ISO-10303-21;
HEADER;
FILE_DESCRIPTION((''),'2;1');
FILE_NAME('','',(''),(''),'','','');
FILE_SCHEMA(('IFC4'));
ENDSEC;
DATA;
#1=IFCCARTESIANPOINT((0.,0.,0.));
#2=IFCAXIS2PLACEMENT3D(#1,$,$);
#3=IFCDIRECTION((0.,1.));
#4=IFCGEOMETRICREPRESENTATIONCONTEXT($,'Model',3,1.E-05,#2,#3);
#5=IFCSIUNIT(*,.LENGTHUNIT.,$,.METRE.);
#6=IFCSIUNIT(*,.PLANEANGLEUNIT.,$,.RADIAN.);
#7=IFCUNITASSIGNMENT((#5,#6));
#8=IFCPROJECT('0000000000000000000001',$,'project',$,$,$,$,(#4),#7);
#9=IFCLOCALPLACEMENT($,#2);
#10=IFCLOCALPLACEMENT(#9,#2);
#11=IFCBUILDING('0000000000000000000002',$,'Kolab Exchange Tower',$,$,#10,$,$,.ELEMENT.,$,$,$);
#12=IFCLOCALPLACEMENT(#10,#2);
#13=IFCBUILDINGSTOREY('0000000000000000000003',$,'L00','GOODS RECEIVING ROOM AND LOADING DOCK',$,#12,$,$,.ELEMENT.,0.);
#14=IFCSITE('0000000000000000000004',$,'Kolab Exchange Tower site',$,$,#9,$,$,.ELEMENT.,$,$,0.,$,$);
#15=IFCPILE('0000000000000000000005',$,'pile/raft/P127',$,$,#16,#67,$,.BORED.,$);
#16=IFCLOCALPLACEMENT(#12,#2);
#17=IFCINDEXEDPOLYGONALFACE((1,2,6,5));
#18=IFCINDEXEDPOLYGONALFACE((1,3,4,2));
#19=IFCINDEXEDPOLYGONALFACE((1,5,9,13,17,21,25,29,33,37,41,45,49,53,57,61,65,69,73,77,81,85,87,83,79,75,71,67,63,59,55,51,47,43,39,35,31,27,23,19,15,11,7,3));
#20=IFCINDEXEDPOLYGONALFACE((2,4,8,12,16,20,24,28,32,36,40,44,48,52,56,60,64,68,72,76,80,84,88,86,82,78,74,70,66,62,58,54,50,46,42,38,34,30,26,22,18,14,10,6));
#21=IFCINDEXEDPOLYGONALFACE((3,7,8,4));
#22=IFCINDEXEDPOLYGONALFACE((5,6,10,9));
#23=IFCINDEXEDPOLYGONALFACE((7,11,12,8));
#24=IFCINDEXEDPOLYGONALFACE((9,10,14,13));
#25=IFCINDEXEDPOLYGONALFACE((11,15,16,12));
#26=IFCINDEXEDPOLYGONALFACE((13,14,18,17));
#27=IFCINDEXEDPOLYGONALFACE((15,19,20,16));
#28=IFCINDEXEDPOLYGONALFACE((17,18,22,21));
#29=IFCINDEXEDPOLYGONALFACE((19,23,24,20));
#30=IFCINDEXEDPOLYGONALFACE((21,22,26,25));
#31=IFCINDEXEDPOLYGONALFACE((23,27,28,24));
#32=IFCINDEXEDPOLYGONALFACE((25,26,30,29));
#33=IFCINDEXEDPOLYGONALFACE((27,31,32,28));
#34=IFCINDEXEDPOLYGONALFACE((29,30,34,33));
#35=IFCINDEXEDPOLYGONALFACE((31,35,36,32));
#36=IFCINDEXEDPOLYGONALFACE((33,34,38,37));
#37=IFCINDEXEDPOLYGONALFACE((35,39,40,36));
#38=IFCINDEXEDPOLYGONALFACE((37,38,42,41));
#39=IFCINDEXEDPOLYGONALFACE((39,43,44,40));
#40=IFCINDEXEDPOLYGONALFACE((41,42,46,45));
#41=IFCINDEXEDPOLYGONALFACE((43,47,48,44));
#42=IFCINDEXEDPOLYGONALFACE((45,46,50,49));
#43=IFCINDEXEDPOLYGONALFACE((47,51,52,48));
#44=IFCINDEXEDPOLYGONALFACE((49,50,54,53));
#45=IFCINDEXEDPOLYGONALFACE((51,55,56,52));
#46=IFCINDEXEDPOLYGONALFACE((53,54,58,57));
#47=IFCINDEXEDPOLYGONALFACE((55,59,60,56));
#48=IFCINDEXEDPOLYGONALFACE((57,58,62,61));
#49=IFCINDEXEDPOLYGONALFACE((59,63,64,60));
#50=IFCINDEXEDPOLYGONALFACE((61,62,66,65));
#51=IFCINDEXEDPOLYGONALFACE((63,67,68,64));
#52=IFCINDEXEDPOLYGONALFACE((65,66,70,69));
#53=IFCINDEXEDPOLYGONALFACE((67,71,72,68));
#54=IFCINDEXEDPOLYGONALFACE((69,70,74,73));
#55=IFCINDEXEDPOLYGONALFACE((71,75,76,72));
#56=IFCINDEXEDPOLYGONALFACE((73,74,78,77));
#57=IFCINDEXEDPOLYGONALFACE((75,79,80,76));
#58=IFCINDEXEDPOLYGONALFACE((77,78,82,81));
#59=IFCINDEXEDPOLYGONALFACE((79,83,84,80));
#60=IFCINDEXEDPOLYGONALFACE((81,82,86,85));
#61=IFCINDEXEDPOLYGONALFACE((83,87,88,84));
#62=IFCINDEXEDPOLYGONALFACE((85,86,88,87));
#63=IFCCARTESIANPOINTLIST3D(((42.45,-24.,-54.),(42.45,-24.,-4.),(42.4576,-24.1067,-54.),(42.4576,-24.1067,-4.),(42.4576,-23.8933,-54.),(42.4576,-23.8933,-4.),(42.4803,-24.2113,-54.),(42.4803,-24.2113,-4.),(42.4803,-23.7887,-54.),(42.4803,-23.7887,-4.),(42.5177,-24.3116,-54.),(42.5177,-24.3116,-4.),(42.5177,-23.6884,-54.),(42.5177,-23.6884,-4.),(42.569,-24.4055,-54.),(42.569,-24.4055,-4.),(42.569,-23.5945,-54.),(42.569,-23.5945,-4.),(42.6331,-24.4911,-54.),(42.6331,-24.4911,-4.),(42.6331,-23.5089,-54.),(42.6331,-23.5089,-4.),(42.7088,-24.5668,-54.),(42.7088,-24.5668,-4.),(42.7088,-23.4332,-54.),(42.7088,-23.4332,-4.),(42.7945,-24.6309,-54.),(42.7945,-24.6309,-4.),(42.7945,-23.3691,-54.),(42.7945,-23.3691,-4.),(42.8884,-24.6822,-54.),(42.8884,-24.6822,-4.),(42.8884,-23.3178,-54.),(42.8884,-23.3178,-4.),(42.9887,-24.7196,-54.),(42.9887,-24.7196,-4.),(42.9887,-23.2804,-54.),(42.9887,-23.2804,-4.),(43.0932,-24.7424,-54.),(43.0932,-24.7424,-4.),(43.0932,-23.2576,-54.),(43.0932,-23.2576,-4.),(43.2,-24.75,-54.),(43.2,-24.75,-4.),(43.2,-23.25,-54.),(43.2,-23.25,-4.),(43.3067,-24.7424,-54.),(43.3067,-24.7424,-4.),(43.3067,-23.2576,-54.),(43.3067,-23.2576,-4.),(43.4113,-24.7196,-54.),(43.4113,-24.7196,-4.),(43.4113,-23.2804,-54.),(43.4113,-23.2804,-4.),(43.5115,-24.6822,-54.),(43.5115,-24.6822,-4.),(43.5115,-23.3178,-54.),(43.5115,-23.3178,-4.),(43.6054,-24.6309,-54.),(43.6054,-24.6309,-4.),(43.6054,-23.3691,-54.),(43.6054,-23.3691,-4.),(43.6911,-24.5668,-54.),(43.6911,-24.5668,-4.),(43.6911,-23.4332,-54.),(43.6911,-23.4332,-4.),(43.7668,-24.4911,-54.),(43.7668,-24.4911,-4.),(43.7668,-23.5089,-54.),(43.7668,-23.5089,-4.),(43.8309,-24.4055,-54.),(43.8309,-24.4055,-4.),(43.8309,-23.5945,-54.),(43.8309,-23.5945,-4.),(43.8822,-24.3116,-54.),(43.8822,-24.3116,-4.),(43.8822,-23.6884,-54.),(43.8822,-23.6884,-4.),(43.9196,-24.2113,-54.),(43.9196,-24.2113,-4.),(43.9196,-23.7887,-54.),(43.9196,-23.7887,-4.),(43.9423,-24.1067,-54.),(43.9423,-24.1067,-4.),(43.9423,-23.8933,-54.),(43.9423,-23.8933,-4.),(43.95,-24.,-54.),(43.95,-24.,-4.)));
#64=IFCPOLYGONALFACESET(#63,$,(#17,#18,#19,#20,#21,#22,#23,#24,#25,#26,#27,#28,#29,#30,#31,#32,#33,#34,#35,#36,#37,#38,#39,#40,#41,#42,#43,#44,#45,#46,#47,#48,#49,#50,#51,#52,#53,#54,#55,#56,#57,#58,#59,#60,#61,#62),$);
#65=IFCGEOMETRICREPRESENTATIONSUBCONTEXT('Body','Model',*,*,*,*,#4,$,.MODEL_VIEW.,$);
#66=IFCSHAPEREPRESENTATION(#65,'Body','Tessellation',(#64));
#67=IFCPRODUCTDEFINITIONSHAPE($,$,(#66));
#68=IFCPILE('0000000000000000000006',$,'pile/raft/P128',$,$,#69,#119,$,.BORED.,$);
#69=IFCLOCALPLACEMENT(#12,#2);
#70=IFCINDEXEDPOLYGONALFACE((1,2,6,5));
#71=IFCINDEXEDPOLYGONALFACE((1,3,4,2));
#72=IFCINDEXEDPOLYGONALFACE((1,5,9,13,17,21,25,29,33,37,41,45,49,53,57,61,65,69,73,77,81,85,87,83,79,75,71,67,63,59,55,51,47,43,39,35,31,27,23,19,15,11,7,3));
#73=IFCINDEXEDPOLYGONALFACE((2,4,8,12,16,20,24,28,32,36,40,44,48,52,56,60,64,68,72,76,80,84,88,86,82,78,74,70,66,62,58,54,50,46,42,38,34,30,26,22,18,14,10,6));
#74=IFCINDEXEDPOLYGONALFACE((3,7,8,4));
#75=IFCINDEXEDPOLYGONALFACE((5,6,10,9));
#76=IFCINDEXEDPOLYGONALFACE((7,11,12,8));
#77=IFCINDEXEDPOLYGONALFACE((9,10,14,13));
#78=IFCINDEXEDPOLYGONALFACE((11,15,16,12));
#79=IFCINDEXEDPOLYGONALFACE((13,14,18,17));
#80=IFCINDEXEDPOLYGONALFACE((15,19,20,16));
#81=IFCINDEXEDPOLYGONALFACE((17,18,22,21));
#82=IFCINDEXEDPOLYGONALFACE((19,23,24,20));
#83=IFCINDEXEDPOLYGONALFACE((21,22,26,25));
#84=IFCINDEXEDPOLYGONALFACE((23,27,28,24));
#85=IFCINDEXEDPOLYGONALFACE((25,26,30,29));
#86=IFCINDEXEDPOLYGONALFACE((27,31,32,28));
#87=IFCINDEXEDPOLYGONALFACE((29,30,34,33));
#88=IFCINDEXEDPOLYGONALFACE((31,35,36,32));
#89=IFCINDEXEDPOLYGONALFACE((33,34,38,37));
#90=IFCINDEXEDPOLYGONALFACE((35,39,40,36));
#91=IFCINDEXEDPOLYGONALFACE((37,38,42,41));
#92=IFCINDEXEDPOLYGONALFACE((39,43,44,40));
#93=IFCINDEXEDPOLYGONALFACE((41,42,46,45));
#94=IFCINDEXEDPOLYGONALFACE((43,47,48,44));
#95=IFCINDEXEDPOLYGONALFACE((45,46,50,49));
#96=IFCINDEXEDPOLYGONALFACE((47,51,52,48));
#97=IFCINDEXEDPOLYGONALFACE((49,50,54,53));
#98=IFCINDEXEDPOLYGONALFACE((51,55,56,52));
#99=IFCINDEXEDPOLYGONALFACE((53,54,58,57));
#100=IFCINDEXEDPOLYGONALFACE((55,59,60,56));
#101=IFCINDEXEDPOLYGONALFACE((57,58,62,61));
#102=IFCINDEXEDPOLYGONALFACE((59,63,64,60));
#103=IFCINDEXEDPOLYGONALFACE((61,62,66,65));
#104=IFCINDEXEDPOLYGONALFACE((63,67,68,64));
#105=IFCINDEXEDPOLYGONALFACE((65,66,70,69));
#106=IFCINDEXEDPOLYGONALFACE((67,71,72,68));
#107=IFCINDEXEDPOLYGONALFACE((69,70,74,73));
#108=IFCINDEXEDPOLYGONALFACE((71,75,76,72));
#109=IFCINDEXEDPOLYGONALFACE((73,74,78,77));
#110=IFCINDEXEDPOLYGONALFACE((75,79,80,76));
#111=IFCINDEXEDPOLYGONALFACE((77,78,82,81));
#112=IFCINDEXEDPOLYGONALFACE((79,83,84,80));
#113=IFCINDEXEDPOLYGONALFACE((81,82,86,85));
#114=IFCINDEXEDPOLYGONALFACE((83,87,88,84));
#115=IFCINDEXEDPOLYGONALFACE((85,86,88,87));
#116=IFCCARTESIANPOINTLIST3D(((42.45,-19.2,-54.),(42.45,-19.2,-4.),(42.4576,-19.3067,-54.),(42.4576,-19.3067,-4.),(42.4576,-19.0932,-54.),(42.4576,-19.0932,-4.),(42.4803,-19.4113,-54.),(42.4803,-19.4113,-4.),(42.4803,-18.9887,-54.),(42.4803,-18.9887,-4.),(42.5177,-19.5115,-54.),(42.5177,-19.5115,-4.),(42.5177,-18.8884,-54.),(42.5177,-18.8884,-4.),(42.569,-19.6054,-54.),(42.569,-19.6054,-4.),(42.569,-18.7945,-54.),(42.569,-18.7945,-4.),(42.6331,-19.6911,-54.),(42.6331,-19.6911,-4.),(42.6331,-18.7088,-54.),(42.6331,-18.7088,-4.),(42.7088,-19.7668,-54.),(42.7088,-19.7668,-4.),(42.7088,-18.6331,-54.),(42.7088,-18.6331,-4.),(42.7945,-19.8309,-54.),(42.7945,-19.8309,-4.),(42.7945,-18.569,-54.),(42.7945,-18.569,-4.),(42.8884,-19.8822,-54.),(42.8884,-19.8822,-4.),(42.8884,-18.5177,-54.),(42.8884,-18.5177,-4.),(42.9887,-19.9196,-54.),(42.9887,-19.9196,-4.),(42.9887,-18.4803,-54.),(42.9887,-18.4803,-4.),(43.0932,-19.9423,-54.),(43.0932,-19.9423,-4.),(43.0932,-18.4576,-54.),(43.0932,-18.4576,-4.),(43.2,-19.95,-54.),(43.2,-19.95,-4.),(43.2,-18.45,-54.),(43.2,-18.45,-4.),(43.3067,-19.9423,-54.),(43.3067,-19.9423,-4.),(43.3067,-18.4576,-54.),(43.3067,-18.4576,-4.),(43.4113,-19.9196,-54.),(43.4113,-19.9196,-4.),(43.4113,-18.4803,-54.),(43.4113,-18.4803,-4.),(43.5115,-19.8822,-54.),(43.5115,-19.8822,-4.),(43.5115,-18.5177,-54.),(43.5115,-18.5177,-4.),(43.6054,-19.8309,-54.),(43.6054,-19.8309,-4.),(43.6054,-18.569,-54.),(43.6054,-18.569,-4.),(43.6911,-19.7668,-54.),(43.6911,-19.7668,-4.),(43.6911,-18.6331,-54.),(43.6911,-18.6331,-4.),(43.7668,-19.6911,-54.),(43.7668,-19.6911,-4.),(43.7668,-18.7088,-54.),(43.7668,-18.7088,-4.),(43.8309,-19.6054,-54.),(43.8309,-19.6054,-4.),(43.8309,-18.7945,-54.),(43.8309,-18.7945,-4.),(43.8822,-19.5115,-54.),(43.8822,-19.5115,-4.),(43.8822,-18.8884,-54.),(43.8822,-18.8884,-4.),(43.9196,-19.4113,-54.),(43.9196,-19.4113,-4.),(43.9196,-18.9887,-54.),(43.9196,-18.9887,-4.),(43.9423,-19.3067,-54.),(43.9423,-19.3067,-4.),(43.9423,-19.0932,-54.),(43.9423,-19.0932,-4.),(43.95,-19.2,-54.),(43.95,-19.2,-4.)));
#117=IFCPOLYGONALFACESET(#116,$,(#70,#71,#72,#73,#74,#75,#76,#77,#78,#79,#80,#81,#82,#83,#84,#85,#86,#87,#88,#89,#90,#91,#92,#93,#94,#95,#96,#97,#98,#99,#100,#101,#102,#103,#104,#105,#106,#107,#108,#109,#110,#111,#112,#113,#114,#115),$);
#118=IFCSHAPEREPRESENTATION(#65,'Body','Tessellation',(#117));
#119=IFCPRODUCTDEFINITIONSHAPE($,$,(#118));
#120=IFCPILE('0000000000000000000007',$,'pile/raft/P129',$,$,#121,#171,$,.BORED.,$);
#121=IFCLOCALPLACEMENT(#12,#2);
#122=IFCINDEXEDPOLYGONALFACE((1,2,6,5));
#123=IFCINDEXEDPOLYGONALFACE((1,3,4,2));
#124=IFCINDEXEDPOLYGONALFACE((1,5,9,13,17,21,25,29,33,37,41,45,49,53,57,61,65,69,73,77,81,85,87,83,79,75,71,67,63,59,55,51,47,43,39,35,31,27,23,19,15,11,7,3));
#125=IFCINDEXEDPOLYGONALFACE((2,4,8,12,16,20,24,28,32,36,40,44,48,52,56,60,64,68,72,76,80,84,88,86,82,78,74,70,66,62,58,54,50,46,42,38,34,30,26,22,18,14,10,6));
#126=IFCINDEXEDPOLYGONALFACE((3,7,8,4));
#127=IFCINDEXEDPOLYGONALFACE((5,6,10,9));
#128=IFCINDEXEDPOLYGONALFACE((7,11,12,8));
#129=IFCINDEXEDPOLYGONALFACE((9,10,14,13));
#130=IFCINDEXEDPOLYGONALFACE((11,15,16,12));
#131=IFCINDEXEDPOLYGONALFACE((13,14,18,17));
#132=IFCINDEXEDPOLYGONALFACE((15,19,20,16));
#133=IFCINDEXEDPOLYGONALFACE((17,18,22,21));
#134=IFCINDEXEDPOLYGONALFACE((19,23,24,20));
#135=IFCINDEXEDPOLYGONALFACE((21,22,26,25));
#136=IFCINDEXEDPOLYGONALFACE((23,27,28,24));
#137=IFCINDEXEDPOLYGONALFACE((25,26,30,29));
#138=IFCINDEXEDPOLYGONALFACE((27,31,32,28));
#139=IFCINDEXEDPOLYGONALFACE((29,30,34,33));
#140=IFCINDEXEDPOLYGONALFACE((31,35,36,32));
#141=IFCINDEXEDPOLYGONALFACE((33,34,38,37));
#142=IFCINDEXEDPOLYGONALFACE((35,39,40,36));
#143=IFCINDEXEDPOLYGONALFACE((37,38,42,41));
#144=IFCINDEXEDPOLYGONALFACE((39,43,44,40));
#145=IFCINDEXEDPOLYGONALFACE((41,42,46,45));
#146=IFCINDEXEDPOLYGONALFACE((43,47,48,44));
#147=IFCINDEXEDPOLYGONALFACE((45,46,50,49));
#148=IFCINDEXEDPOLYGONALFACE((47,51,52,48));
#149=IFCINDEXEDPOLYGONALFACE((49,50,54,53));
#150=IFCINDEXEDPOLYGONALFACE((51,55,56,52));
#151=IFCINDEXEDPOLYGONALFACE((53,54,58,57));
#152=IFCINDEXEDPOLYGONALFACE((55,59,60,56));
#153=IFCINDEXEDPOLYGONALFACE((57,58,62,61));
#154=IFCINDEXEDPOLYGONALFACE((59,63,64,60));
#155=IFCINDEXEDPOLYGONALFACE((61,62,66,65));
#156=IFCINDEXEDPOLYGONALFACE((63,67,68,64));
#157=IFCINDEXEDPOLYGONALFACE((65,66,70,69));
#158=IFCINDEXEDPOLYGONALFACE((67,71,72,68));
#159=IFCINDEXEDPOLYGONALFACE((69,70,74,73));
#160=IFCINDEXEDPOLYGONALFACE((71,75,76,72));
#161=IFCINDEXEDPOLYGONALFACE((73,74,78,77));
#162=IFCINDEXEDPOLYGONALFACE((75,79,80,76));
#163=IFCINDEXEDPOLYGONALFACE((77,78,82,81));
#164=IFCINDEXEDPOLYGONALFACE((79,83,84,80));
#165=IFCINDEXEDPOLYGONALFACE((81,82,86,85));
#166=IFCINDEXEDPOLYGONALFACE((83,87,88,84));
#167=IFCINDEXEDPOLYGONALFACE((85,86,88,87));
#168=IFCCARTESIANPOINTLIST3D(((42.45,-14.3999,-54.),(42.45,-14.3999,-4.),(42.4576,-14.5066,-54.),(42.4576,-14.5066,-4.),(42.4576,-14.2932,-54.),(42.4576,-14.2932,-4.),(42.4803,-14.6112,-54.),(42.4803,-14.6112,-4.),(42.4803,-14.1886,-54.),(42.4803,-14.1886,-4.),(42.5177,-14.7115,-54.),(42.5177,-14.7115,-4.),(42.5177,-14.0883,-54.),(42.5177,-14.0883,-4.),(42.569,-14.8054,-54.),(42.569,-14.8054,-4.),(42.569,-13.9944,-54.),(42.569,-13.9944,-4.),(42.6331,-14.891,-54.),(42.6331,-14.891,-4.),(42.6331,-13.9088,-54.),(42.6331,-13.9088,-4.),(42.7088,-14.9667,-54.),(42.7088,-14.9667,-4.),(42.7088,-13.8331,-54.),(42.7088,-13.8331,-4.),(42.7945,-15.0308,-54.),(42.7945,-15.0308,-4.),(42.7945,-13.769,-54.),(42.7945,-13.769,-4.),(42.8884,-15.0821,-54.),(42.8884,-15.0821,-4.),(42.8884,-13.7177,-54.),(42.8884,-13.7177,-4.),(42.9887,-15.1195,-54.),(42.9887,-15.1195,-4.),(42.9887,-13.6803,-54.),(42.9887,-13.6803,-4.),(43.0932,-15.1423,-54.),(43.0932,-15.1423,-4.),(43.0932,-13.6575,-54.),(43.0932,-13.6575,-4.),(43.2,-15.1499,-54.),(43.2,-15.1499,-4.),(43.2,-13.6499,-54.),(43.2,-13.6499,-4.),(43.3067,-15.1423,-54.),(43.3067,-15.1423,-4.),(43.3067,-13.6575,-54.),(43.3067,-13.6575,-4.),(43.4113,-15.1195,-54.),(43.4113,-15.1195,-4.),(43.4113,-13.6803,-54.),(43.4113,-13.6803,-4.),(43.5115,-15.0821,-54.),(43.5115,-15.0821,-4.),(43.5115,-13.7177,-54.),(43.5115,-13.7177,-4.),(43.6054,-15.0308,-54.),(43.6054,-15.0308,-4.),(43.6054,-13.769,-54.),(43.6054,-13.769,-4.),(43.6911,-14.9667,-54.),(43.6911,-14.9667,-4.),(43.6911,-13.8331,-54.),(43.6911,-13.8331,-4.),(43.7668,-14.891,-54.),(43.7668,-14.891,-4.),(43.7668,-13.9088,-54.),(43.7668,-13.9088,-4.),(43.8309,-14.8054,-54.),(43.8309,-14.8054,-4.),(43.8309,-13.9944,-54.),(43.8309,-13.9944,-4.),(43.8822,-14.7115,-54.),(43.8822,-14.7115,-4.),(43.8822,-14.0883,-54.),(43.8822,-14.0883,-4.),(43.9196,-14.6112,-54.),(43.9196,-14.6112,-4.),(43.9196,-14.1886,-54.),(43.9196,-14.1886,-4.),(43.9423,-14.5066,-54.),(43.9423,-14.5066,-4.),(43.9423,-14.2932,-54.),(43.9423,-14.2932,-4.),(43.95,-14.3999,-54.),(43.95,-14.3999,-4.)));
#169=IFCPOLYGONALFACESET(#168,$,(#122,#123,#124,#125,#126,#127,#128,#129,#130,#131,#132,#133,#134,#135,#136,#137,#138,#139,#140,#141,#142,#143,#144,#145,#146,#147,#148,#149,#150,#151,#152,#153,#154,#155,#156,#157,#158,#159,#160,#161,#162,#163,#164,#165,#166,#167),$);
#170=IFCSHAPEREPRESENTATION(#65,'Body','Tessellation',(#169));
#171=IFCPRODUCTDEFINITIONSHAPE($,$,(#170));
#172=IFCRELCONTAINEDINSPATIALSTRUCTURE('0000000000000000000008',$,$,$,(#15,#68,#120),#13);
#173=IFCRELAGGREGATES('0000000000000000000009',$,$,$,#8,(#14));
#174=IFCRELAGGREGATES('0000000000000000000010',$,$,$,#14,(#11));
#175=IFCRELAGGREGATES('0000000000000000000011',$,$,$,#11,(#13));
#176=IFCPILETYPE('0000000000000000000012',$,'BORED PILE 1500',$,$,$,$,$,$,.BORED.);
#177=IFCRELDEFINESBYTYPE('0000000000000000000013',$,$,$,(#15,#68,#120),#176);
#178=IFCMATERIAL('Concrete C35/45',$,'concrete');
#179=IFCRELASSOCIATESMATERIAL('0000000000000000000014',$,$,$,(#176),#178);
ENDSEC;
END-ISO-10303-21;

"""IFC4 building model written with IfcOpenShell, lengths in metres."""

from ifc_helpers import new_model, si_unit, direction, frame, origin, origin_2d, place, context, subcontext, project, spatial, circle, extrude, material, material_profile, profile_set, type_object, element, save


model = new_model("IFC4")

# Units and contexts
model_context = context("Model", 3, precision=1e-05, world=origin(), true_north=direction((0.0, 1.0)))
body_context = subcontext(model_context, "Body", "Model", "MODEL_VIEW")
ifc_project = project(units=[si_unit("LENGTHUNIT", "METRE"), si_unit("PLANEANGLEUNIT", "RADIAN")], contexts=[model_context])

# Site, building, storey
site_placement = place(None, origin())
site = spatial("IfcSite", under=ifc_project, at=site_placement, Name="Kolab Exchange Tower site", CompositionType="ELEMENT", RefElevation=0.0)
building_placement = place(site_placement, origin())
building = spatial("IfcBuilding", under=site, at=building_placement, Name="Kolab Exchange Tower", CompositionType="ELEMENT")
storey_placement = place(building_placement, origin())
storey = spatial("IfcBuildingStorey", under=building, at=storey_placement, Name="L00", Description="GOODS RECEIVING ROOM AND LOADING DOCK", CompositionType="ELEMENT", Elevation=0.0)

# Piles
ifc_material_1 = material(Name="Concrete C35/45", Category="concrete")
ifc_material_profile_1 = material_profile(ifc_material_1, circle(Radius=0.75, at=origin_2d()), Name="BP1500")
ifc_profile_set_1 = profile_set([ifc_material_profile_1], Name="Concrete C35/45")
pile_type = type_object("IfcPileType", Name="BORED PILE 1500", PredefinedType="BORED", material=ifc_profile_set_1)
for number, where, z_axis, x_axis, name in (
    (1, (43.2, -24.0, -4.0), (0.0, 0.0, -1.0), (1.0, 0.0, 0.0), "pile/raft/P127"),
    (2, (43.2, -19.2, -4.0), (0.0, 0.0, -1.0), (1.0, 0.0, 0.0), "pile/raft/P128"),
    (3, (43.2, -14.3999, -4.0), (0.0, 0.0, -1.0), (1.0, 0.0, 0.0), "pile/raft/P129"),
):
    element("IfcPile", number, at=place(storey_placement, frame(where, z_axis=z_axis, x_axis=x_axis)), inside=storey, type_object=pile_type, Name=name, PredefinedType="BORED", context=body_context, shape_type="SweptSolid", body=[
        extrude(circle(Radius=0.75, at=origin_2d()), origin(), (0.0, 0.0, 1.0), 50.0),
    ])

save(model, "model.ifc")
